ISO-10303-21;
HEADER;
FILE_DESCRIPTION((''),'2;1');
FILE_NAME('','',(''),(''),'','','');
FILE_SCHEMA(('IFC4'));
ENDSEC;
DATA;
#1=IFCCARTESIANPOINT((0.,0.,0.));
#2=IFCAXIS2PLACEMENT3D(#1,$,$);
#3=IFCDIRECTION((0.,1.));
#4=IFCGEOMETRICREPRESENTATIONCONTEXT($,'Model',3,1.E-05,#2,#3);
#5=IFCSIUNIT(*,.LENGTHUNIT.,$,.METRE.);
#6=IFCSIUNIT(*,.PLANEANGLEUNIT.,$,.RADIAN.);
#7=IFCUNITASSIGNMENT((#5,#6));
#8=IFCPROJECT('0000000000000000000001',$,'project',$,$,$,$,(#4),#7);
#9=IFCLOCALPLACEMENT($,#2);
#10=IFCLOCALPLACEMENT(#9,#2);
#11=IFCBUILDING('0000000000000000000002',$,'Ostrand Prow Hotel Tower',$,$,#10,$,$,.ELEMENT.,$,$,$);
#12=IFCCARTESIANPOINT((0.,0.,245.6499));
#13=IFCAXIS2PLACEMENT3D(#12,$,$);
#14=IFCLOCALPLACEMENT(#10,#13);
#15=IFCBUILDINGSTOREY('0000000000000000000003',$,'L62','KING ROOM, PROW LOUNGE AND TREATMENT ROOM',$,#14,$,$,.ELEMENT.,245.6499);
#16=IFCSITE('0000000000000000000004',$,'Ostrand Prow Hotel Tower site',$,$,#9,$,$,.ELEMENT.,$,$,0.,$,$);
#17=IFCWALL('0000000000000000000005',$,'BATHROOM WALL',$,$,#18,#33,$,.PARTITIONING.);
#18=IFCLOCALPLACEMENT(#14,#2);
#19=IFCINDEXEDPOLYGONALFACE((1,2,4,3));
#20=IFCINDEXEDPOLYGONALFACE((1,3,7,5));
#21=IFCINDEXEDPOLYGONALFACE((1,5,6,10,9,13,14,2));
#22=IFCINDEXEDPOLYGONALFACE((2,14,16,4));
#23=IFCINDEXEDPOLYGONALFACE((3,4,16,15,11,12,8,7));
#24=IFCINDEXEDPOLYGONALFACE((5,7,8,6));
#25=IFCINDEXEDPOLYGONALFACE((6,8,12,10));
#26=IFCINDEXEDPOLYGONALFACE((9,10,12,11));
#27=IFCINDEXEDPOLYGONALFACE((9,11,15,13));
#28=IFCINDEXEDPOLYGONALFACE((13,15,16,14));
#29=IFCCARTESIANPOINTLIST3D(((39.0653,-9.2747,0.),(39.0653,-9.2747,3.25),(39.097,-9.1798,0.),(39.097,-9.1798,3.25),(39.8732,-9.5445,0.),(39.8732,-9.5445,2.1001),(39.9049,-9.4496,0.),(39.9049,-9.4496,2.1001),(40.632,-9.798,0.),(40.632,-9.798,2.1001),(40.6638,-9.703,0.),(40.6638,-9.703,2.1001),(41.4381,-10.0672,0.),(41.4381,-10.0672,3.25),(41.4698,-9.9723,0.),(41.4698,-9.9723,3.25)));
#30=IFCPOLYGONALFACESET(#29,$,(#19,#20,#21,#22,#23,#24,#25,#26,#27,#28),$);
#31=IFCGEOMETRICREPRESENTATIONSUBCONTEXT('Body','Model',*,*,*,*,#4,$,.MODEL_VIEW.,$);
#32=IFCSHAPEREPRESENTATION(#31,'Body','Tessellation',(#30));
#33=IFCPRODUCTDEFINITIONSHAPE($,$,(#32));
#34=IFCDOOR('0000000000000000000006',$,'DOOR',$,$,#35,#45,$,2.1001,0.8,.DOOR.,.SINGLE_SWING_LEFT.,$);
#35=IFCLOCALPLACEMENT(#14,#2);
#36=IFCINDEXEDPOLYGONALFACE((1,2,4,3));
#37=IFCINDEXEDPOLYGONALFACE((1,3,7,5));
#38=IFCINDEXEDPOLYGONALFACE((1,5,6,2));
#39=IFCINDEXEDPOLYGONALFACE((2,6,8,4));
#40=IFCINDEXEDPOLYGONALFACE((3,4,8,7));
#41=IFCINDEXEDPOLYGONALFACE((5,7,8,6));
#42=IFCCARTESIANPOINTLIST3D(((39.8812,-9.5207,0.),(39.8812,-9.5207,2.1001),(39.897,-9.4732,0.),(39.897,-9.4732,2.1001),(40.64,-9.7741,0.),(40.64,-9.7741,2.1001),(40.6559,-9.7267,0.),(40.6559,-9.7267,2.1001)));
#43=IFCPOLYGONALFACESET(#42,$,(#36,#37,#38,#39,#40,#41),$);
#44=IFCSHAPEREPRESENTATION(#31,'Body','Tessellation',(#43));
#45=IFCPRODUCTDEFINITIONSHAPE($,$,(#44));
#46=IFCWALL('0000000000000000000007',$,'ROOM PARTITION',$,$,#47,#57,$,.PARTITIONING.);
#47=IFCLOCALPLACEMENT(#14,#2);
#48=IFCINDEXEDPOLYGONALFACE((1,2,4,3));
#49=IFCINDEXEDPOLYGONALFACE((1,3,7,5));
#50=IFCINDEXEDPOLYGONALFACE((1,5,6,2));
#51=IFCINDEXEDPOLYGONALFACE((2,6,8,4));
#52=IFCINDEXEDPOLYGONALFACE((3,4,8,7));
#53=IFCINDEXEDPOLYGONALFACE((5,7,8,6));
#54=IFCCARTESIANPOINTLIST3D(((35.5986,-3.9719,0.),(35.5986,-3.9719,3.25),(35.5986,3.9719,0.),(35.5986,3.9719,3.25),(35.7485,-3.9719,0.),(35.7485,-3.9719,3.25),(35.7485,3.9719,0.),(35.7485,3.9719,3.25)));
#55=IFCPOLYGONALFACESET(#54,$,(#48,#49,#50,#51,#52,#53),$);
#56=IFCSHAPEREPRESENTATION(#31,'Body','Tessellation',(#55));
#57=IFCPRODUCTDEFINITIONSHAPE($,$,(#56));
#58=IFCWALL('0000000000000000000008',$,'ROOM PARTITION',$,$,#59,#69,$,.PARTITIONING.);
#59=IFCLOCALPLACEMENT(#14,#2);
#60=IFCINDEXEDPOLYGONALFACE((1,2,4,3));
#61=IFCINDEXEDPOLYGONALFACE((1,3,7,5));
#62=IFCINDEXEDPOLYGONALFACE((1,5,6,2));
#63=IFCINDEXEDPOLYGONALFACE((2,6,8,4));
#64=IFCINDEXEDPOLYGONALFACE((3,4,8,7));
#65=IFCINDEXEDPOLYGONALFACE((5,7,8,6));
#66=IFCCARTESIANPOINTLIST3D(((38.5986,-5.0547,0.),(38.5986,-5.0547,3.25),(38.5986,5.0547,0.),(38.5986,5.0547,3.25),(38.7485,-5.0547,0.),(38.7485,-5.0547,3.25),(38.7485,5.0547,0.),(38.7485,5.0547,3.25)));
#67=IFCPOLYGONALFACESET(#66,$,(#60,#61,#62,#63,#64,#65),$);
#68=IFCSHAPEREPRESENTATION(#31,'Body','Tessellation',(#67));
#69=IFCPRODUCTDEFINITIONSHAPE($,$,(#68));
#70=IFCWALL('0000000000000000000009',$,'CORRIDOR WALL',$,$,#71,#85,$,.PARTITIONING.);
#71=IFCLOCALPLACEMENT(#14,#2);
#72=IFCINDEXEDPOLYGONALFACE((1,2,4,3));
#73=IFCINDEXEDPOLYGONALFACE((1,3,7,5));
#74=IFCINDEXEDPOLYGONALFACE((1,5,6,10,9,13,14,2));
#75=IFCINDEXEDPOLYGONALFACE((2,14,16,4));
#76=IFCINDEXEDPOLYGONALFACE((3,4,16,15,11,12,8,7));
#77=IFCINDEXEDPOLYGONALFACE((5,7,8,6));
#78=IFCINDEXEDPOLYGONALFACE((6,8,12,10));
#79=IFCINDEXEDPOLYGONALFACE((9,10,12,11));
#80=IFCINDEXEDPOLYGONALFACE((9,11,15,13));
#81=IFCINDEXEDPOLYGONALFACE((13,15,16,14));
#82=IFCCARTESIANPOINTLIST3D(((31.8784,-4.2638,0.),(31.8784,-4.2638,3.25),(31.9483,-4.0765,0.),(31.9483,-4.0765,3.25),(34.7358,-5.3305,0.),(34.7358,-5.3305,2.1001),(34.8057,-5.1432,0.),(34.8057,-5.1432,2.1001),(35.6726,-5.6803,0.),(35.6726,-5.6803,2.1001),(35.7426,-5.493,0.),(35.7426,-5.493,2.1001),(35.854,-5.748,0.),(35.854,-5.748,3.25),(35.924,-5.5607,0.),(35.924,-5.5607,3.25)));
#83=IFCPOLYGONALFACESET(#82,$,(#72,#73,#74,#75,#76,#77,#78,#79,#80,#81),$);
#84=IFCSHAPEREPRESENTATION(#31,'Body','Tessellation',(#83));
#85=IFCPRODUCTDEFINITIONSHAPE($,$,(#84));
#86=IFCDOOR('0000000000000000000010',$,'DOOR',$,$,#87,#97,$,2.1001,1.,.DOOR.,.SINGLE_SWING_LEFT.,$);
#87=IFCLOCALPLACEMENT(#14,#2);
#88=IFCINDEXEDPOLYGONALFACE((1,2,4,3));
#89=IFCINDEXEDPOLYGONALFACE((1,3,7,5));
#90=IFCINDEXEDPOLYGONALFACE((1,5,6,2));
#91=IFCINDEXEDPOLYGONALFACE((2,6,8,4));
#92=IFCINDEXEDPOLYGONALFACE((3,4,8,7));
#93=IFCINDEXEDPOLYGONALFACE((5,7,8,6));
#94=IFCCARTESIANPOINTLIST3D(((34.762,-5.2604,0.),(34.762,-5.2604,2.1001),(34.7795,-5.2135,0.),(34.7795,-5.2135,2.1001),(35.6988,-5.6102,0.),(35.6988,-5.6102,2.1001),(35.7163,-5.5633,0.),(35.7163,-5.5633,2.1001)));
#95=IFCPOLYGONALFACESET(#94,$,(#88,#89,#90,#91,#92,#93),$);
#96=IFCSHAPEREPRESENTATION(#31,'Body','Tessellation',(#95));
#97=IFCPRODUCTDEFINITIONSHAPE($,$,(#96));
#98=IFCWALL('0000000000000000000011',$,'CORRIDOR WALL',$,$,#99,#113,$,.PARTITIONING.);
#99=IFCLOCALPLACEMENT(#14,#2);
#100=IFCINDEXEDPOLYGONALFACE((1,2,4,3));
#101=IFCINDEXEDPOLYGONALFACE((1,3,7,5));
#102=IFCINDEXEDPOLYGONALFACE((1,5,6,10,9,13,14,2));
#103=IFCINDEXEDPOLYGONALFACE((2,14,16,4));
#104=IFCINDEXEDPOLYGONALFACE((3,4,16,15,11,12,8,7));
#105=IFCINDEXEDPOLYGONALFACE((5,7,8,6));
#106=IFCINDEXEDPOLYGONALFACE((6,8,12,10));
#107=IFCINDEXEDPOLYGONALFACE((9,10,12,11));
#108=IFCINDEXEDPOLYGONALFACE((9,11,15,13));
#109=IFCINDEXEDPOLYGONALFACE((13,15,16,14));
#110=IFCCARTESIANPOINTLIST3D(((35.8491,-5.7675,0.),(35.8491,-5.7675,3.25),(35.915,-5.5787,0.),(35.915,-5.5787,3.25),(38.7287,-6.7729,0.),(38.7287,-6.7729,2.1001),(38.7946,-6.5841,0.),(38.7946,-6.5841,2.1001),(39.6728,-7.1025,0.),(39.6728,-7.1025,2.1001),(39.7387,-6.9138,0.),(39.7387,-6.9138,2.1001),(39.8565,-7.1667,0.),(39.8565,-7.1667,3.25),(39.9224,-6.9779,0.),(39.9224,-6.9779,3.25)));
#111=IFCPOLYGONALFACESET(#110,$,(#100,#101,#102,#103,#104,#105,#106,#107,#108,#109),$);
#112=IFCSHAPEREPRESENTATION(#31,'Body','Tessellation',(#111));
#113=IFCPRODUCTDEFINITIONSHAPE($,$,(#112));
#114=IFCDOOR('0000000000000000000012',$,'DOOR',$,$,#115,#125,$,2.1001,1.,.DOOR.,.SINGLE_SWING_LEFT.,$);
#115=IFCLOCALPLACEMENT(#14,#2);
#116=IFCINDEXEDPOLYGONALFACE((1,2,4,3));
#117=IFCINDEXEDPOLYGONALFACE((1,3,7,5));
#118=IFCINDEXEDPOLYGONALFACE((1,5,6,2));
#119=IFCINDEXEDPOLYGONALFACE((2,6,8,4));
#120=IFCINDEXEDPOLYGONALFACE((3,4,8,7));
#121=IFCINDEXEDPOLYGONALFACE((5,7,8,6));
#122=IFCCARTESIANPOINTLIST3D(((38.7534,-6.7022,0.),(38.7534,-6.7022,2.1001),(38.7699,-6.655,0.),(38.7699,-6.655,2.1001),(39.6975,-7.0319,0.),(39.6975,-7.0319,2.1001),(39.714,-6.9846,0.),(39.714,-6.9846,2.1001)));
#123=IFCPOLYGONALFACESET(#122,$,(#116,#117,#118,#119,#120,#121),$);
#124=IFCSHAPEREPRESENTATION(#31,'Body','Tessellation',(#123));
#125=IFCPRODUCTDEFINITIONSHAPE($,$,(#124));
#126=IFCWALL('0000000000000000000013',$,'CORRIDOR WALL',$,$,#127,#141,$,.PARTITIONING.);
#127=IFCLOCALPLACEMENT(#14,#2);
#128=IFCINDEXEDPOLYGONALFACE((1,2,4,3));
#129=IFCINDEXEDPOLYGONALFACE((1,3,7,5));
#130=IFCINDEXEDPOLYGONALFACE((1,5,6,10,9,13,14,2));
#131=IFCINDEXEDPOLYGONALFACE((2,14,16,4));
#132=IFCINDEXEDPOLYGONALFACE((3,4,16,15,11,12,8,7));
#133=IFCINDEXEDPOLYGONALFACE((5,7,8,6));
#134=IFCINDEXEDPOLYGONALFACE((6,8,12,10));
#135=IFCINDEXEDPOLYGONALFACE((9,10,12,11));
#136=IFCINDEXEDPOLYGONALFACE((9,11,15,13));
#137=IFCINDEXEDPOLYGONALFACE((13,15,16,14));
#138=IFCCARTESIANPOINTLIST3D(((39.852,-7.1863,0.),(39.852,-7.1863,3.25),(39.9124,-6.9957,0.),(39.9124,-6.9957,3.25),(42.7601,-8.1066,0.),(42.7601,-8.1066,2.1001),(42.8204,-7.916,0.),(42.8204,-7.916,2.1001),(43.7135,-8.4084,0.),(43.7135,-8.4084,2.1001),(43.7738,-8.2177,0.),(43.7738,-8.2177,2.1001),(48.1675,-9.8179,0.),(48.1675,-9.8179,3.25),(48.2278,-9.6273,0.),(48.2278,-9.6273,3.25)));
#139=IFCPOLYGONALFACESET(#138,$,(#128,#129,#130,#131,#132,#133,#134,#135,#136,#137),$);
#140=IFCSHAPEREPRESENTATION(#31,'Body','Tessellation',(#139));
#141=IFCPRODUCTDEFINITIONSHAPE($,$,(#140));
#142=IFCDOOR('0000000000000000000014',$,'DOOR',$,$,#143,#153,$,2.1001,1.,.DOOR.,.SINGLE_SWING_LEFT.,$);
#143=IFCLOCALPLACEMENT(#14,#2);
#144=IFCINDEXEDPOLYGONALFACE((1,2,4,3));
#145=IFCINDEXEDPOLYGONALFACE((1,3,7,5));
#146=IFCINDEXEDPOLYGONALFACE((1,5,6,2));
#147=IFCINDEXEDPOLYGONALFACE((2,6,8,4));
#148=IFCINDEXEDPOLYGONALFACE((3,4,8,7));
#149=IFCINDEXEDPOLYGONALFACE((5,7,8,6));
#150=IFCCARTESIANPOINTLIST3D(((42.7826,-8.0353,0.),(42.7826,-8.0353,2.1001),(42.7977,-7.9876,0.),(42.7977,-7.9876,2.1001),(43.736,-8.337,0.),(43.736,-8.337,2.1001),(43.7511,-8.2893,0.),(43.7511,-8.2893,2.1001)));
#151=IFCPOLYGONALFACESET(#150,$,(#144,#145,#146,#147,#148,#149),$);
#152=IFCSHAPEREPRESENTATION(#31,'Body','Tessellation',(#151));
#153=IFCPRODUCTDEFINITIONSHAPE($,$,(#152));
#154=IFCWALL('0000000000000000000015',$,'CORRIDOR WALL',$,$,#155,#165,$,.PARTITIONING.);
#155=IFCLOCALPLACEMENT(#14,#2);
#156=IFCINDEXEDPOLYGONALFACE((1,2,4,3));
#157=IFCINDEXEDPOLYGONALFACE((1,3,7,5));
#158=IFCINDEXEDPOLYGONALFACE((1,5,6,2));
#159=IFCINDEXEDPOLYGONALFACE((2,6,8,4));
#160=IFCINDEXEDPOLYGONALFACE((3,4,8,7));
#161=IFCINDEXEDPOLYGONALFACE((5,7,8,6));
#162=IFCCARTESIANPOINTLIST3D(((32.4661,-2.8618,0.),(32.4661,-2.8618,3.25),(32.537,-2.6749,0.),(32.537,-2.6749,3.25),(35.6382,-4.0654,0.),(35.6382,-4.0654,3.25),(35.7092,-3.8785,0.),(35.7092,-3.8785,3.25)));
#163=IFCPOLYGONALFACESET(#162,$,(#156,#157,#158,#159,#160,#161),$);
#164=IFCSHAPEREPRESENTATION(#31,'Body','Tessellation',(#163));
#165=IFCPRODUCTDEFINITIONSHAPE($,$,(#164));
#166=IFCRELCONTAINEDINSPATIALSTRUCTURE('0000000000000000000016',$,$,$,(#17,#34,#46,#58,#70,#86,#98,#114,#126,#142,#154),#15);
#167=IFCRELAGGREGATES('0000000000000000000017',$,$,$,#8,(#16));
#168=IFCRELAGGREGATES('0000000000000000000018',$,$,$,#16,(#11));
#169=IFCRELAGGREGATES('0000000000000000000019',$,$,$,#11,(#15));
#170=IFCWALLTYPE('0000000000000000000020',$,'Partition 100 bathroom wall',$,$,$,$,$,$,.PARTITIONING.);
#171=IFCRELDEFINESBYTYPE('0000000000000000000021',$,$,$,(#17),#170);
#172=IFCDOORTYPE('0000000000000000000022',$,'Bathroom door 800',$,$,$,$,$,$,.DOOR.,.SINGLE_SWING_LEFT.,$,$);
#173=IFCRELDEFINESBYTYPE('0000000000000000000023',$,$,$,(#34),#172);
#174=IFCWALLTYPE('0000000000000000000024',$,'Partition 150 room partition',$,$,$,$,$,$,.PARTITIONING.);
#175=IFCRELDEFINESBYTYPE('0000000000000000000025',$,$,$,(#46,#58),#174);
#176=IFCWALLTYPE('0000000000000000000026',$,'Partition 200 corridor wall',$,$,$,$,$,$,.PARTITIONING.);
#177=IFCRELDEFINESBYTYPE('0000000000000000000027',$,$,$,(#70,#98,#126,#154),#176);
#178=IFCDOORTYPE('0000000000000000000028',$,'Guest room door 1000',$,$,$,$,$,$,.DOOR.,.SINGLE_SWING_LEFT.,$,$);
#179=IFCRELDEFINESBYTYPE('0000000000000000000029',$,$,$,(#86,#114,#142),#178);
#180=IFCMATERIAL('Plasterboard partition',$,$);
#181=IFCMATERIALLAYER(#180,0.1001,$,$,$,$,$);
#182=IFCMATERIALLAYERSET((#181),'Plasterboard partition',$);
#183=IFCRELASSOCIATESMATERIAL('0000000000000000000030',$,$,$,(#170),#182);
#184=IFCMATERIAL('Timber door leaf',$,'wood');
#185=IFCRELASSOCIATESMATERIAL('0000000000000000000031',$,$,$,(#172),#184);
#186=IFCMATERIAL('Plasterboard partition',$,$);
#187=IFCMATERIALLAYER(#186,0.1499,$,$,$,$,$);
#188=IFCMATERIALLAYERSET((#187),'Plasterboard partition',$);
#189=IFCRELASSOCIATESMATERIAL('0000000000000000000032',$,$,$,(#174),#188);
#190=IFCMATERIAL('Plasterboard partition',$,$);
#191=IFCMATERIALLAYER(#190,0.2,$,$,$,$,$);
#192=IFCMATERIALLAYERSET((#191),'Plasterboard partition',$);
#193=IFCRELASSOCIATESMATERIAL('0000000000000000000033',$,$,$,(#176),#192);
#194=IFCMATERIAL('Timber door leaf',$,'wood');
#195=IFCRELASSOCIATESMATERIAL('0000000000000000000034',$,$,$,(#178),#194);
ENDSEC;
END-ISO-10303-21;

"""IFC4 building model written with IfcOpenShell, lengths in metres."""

from ifc_helpers import new_model, si_unit, direction, frame, frame_2d, origin, place, context, subcontext, project, spatial, rectangle, extrude, material, layer, layer_set, type_object, element, fill, save


model = new_model("IFC4")

# Units and contexts
model_context = context("Model", 3, precision=1e-05, world=origin(), true_north=direction((0.0, 1.0)))
body_context = subcontext(model_context, "Body", "Model", "MODEL_VIEW")
ifc_project = project(units=[si_unit("LENGTHUNIT", "METRE"), si_unit("PLANEANGLEUNIT", "RADIAN")], contexts=[model_context])

# Site, building, storey
site_placement = place(None, origin())
site = spatial("IfcSite", under=ifc_project, at=site_placement, Name="Ostrand Prow Hotel Tower site", CompositionType="ELEMENT", RefElevation=0.0)
building_placement = place(site_placement, origin())
building = spatial("IfcBuilding", under=site, at=building_placement, Name="Ostrand Prow Hotel Tower", CompositionType="ELEMENT")
storey_placement = place(building_placement, frame((0.0, 0.0, 245.6499)))
storey = spatial("IfcBuildingStorey", under=building, at=storey_placement, Name="L62", Description="KING ROOM, PROW LOUNGE AND TREATMENT ROOM", CompositionType="ELEMENT", Elevation=245.6499)

# Shared definitions
ifc_material_1 = material(Name="Plasterboard partition")
ifc_layer_1 = layer(ifc_material_1, 0.1001)
ifc_layer_set_1 = layer_set([ifc_layer_1], Name="Plasterboard partition")
wall_type_1 = type_object("IfcWallType", Name="Partition 100 bathroom wall", PredefinedType="PARTITIONING", material=ifc_layer_set_1)
ifc_material_2 = material(Name="Timber door leaf", Category="wood")
door_type_1 = type_object("IfcDoorType", Name="Bathroom door 800", OperationType="SINGLE_SWING_LEFT", PredefinedType="DOOR", material=ifc_material_2)

# Wall, opening, door
wall_1_placement = place(storey_placement, frame((41.4541, -10.0198, 0.0), z_axis=(0.0, 0.0, 1.0), x_axis=(-0.948498, 0.316784, 0.0)))
wall_1 = element("IfcWall", 1, at=wall_1_placement, inside=storey, type_object=wall_type_1, Name="BATHROOM WALL", PredefinedType="PARTITIONING", context=body_context, shape_type="SweptSolid", body=[
    extrude(rectangle(XDim=2.5017, YDim=0.1001, at=frame_2d((1.251, 0.0))), origin(), (0.0, 0.0, 1.0), 3.25),
])
opening_1_placement = place(wall_1_placement, frame((0.8501, 0.0, 0.0)))
opening_1 = element("IfcOpeningElement", 2, at=opening_1_placement, cuts=wall_1, PredefinedType="OPENING", context=body_context, shape_type="SweptSolid", body=[
    extrude(rectangle(XDim=0.8, YDim=2.1001, at=frame_2d((0.3999, 1.05))), frame((0.0, 0.0601, 0.0), z_axis=(0.0, -1.0, 0.0), x_axis=(1.0, 0.0, 0.0)), (0.0, 0.0, 1.0), 0.1201),
])
door_1_placement = place(opening_1_placement, origin())
door_1 = element("IfcDoor", 3, at=door_1_placement, inside=storey, type_object=door_type_1, Name="DOOR", OperationType="SINGLE_SWING_LEFT", OverallHeight=2.1001, OverallWidth=0.8, PredefinedType="DOOR", context=body_context, shape_type="SweptSolid", body=[
    extrude(rectangle(XDim=0.8, YDim=2.1001, at=frame_2d((0.3999, 1.05))), frame((0.0, 0.0249, 0.0), z_axis=(0.0, -1.0, 0.0), x_axis=(1.0, 0.0, 0.0)), (0.0, 0.0, 1.0), 0.05),
])
fill(opening_1, door_1)

# Walls
ifc_material_3 = material(Name="Plasterboard partition")
ifc_layer_2 = layer(ifc_material_3, 0.1499)
ifc_layer_set_2 = layer_set([ifc_layer_2], Name="Plasterboard partition")
wall_type_2 = type_object("IfcWallType", Name="Partition 150 room partition", PredefinedType="PARTITIONING", material=ifc_layer_set_2)
wall_2_placement = place(storey_placement, frame((35.6736, -3.9719, 0.0), z_axis=(0.0, 0.0, 1.0), x_axis=(0.0, 1.0, 0.0)))
element("IfcWall", 4, at=wall_2_placement, inside=storey, type_object=wall_type_2, Name="ROOM PARTITION", PredefinedType="PARTITIONING", context=body_context, shape_type="SweptSolid", body=[
    extrude(rectangle(XDim=7.9438, YDim=0.1499, at=frame_2d((3.9719, 0.0))), origin(), (0.0, 0.0, 1.0), 3.25),
])
wall_3_placement = place(storey_placement, frame((38.6736, -5.0547, 0.0), z_axis=(0.0, 0.0, 1.0), x_axis=(0.0, 1.0, 0.0)))
element("IfcWall", 5, at=wall_3_placement, inside=storey, type_object=wall_type_2, Name="ROOM PARTITION", PredefinedType="PARTITIONING", context=body_context, shape_type="SweptSolid", body=[
    extrude(rectangle(XDim=10.1094, YDim=0.1499, at=frame_2d((5.0547, 0.0))), origin(), (0.0, 0.0, 1.0), 3.25),
])

# Walls, openings, doors
ifc_material_4 = material(Name="Plasterboard partition")
ifc_layer_3 = layer(ifc_material_4, 0.2)
ifc_layer_set_3 = layer_set([ifc_layer_3], Name="Plasterboard partition")
wall_type_3 = type_object("IfcWallType", Name="Partition 200 corridor wall", PredefinedType="PARTITIONING", material=ifc_layer_set_3)
wall_4_placement = place(storey_placement, frame((31.9133, -4.1702, 0.0), z_axis=(0.0, 0.0, 1.0), x_axis=(0.936848, -0.349736, 0.0)))
wall_4 = element("IfcWall", 6, at=wall_4_placement, inside=storey, type_object=wall_type_3, Name="CORRIDOR WALL", PredefinedType="PARTITIONING", context=body_context, shape_type="SweptSolid", body=[
    extrude(rectangle(XDim=4.2437, YDim=0.2, at=frame_2d((2.1218, 0.0))), origin(), (0.0, 0.0, 1.0), 3.25),
])
opening_2_placement = place(wall_4_placement, frame((3.05, 0.0, 0.0)))
opening_2 = element("IfcOpeningElement", 7, at=opening_2_placement, cuts=wall_4, PredefinedType="OPENING", context=body_context, shape_type="SweptSolid", body=[
    extrude(rectangle(XDim=1.0, YDim=2.1001, at=frame_2d((0.5, 1.05))), frame((0.0, 0.1099, 0.0), z_axis=(0.0, -1.0, 0.0), x_axis=(1.0, 0.0, 0.0)), (0.0, 0.0, 1.0), 0.22),
])
ifc_material_5 = material(Name="Timber door leaf", Category="wood")
door_type_2 = type_object("IfcDoorType", Name="Guest room door 1000", OperationType="SINGLE_SWING_LEFT", PredefinedType="DOOR", material=ifc_material_5)
door_2_placement = place(opening_2_placement, origin())
door_2 = element("IfcDoor", 8, at=door_2_placement, inside=storey, type_object=door_type_2, Name="DOOR", OperationType="SINGLE_SWING_LEFT", OverallHeight=2.1001, OverallWidth=1.0, PredefinedType="DOOR", context=body_context, shape_type="SweptSolid", body=[
    extrude(rectangle(XDim=1.0, YDim=2.1001, at=frame_2d((0.5, 1.05))), frame((0.0, 0.0249, 0.0), z_axis=(0.0, -1.0, 0.0), x_axis=(1.0, 0.0, 0.0)), (0.0, 0.0, 1.0), 0.05),
])
fill(opening_2, door_2)
wall_5_placement = place(storey_placement, frame((35.8821, -5.6731, 0.0), z_axis=(0.0, 0.0, 1.0), x_axis=(0.944107, -0.329638, 0.0)))
wall_5 = element("IfcWall", 9, at=wall_5_placement, inside=storey, type_object=wall_type_3, Name="CORRIDOR WALL", PredefinedType="PARTITIONING", context=body_context, shape_type="SweptSolid", body=[
    extrude(rectangle(XDim=4.2446, YDim=0.2, at=frame_2d((2.1223, 0.0))), origin(), (0.0, 0.0, 1.0), 3.25),
])
opening_3_placement = place(wall_5_placement, frame((3.05, 0.0, 0.0)))
opening_3 = element("IfcOpeningElement", 10, at=opening_3_placement, cuts=wall_5, PredefinedType="OPENING", context=body_context, shape_type="SweptSolid", body=[
    extrude(rectangle(XDim=1.0, YDim=2.1001, at=frame_2d((0.5, 1.05))), frame((0.0, 0.1099, 0.0), z_axis=(0.0, -1.0, 0.0), x_axis=(1.0, 0.0, 0.0)), (0.0, 0.0, 1.0), 0.22),
])
door_3_placement = place(opening_3_placement, origin())
door_3 = element("IfcDoor", 11, at=door_3_placement, inside=storey, type_object=door_type_2, Name="DOOR", OperationType="SINGLE_SWING_LEFT", OverallHeight=2.1001, OverallWidth=1.0, PredefinedType="DOOR", context=body_context, shape_type="SweptSolid", body=[
    extrude(rectangle(XDim=1.0, YDim=2.1001, at=frame_2d((0.5, 1.05))), frame((0.0, 0.0249, 0.0), z_axis=(0.0, -1.0, 0.0), x_axis=(1.0, 0.0, 0.0)), (0.0, 0.0, 1.0), 0.05),
])
fill(opening_3, door_3)
wall_6_placement = place(storey_placement, frame((39.8823, -7.0911, 0.0), z_axis=(0.0, 0.0, 1.0), x_axis=(0.953396, -0.301722, 0.0)))
wall_6 = element("IfcWall", 12, at=wall_6_placement, inside=storey, type_object=wall_type_3, Name="CORRIDOR WALL", PredefinedType="PARTITIONING", context=body_context, shape_type="SweptSolid", body=[
    extrude(rectangle(XDim=8.7219, YDim=0.2, at=frame_2d((4.3608, 0.0))), origin(), (0.0, 0.0, 1.0), 3.25),
])
opening_4_placement = place(wall_6_placement, frame((3.05, 0.0, 0.0)))
opening_4 = element("IfcOpeningElement", 13, at=opening_4_placement, cuts=wall_6, PredefinedType="OPENING", context=body_context, shape_type="SweptSolid", body=[
    extrude(rectangle(XDim=1.0, YDim=2.1001, at=frame_2d((0.5, 1.05))), frame((0.0, 0.1099, 0.0), z_axis=(0.0, -1.0, 0.0), x_axis=(1.0, 0.0, 0.0)), (0.0, 0.0, 1.0), 0.22),
])
door_4_placement = place(opening_4_placement, origin())
door_4 = element("IfcDoor", 14, at=door_4_placement, inside=storey, type_object=door_type_2, Name="DOOR", OperationType="SINGLE_SWING_LEFT", OverallHeight=2.1001, OverallWidth=1.0, PredefinedType="DOOR", context=body_context, shape_type="SweptSolid", body=[
    extrude(rectangle(XDim=1.0, YDim=2.1001, at=frame_2d((0.5, 1.05))), frame((0.0, 0.0249, 0.0), z_axis=(0.0, -1.0, 0.0), x_axis=(1.0, 0.0, 0.0)), (0.0, 0.0, 1.0), 0.05),
])
fill(opening_4, door_4)

# Wall
wall_7_placement = place(storey_placement, frame((35.6736, -3.9719, 0.0), z_axis=(0.0, 0.0, 1.0), x_axis=(-0.934959, 0.354756, 0.0)))
element("IfcWall", 15, at=wall_7_placement, inside=storey, type_object=wall_type_3, Name="CORRIDOR WALL", PredefinedType="PARTITIONING", context=body_context, shape_type="SweptSolid", body=[
    extrude(rectangle(XDim=3.3928, YDim=0.2, at=frame_2d((1.6963, 0.0))), origin(), (0.0, 0.0, 1.0), 3.25),
])

save(model, "model.ifc")
